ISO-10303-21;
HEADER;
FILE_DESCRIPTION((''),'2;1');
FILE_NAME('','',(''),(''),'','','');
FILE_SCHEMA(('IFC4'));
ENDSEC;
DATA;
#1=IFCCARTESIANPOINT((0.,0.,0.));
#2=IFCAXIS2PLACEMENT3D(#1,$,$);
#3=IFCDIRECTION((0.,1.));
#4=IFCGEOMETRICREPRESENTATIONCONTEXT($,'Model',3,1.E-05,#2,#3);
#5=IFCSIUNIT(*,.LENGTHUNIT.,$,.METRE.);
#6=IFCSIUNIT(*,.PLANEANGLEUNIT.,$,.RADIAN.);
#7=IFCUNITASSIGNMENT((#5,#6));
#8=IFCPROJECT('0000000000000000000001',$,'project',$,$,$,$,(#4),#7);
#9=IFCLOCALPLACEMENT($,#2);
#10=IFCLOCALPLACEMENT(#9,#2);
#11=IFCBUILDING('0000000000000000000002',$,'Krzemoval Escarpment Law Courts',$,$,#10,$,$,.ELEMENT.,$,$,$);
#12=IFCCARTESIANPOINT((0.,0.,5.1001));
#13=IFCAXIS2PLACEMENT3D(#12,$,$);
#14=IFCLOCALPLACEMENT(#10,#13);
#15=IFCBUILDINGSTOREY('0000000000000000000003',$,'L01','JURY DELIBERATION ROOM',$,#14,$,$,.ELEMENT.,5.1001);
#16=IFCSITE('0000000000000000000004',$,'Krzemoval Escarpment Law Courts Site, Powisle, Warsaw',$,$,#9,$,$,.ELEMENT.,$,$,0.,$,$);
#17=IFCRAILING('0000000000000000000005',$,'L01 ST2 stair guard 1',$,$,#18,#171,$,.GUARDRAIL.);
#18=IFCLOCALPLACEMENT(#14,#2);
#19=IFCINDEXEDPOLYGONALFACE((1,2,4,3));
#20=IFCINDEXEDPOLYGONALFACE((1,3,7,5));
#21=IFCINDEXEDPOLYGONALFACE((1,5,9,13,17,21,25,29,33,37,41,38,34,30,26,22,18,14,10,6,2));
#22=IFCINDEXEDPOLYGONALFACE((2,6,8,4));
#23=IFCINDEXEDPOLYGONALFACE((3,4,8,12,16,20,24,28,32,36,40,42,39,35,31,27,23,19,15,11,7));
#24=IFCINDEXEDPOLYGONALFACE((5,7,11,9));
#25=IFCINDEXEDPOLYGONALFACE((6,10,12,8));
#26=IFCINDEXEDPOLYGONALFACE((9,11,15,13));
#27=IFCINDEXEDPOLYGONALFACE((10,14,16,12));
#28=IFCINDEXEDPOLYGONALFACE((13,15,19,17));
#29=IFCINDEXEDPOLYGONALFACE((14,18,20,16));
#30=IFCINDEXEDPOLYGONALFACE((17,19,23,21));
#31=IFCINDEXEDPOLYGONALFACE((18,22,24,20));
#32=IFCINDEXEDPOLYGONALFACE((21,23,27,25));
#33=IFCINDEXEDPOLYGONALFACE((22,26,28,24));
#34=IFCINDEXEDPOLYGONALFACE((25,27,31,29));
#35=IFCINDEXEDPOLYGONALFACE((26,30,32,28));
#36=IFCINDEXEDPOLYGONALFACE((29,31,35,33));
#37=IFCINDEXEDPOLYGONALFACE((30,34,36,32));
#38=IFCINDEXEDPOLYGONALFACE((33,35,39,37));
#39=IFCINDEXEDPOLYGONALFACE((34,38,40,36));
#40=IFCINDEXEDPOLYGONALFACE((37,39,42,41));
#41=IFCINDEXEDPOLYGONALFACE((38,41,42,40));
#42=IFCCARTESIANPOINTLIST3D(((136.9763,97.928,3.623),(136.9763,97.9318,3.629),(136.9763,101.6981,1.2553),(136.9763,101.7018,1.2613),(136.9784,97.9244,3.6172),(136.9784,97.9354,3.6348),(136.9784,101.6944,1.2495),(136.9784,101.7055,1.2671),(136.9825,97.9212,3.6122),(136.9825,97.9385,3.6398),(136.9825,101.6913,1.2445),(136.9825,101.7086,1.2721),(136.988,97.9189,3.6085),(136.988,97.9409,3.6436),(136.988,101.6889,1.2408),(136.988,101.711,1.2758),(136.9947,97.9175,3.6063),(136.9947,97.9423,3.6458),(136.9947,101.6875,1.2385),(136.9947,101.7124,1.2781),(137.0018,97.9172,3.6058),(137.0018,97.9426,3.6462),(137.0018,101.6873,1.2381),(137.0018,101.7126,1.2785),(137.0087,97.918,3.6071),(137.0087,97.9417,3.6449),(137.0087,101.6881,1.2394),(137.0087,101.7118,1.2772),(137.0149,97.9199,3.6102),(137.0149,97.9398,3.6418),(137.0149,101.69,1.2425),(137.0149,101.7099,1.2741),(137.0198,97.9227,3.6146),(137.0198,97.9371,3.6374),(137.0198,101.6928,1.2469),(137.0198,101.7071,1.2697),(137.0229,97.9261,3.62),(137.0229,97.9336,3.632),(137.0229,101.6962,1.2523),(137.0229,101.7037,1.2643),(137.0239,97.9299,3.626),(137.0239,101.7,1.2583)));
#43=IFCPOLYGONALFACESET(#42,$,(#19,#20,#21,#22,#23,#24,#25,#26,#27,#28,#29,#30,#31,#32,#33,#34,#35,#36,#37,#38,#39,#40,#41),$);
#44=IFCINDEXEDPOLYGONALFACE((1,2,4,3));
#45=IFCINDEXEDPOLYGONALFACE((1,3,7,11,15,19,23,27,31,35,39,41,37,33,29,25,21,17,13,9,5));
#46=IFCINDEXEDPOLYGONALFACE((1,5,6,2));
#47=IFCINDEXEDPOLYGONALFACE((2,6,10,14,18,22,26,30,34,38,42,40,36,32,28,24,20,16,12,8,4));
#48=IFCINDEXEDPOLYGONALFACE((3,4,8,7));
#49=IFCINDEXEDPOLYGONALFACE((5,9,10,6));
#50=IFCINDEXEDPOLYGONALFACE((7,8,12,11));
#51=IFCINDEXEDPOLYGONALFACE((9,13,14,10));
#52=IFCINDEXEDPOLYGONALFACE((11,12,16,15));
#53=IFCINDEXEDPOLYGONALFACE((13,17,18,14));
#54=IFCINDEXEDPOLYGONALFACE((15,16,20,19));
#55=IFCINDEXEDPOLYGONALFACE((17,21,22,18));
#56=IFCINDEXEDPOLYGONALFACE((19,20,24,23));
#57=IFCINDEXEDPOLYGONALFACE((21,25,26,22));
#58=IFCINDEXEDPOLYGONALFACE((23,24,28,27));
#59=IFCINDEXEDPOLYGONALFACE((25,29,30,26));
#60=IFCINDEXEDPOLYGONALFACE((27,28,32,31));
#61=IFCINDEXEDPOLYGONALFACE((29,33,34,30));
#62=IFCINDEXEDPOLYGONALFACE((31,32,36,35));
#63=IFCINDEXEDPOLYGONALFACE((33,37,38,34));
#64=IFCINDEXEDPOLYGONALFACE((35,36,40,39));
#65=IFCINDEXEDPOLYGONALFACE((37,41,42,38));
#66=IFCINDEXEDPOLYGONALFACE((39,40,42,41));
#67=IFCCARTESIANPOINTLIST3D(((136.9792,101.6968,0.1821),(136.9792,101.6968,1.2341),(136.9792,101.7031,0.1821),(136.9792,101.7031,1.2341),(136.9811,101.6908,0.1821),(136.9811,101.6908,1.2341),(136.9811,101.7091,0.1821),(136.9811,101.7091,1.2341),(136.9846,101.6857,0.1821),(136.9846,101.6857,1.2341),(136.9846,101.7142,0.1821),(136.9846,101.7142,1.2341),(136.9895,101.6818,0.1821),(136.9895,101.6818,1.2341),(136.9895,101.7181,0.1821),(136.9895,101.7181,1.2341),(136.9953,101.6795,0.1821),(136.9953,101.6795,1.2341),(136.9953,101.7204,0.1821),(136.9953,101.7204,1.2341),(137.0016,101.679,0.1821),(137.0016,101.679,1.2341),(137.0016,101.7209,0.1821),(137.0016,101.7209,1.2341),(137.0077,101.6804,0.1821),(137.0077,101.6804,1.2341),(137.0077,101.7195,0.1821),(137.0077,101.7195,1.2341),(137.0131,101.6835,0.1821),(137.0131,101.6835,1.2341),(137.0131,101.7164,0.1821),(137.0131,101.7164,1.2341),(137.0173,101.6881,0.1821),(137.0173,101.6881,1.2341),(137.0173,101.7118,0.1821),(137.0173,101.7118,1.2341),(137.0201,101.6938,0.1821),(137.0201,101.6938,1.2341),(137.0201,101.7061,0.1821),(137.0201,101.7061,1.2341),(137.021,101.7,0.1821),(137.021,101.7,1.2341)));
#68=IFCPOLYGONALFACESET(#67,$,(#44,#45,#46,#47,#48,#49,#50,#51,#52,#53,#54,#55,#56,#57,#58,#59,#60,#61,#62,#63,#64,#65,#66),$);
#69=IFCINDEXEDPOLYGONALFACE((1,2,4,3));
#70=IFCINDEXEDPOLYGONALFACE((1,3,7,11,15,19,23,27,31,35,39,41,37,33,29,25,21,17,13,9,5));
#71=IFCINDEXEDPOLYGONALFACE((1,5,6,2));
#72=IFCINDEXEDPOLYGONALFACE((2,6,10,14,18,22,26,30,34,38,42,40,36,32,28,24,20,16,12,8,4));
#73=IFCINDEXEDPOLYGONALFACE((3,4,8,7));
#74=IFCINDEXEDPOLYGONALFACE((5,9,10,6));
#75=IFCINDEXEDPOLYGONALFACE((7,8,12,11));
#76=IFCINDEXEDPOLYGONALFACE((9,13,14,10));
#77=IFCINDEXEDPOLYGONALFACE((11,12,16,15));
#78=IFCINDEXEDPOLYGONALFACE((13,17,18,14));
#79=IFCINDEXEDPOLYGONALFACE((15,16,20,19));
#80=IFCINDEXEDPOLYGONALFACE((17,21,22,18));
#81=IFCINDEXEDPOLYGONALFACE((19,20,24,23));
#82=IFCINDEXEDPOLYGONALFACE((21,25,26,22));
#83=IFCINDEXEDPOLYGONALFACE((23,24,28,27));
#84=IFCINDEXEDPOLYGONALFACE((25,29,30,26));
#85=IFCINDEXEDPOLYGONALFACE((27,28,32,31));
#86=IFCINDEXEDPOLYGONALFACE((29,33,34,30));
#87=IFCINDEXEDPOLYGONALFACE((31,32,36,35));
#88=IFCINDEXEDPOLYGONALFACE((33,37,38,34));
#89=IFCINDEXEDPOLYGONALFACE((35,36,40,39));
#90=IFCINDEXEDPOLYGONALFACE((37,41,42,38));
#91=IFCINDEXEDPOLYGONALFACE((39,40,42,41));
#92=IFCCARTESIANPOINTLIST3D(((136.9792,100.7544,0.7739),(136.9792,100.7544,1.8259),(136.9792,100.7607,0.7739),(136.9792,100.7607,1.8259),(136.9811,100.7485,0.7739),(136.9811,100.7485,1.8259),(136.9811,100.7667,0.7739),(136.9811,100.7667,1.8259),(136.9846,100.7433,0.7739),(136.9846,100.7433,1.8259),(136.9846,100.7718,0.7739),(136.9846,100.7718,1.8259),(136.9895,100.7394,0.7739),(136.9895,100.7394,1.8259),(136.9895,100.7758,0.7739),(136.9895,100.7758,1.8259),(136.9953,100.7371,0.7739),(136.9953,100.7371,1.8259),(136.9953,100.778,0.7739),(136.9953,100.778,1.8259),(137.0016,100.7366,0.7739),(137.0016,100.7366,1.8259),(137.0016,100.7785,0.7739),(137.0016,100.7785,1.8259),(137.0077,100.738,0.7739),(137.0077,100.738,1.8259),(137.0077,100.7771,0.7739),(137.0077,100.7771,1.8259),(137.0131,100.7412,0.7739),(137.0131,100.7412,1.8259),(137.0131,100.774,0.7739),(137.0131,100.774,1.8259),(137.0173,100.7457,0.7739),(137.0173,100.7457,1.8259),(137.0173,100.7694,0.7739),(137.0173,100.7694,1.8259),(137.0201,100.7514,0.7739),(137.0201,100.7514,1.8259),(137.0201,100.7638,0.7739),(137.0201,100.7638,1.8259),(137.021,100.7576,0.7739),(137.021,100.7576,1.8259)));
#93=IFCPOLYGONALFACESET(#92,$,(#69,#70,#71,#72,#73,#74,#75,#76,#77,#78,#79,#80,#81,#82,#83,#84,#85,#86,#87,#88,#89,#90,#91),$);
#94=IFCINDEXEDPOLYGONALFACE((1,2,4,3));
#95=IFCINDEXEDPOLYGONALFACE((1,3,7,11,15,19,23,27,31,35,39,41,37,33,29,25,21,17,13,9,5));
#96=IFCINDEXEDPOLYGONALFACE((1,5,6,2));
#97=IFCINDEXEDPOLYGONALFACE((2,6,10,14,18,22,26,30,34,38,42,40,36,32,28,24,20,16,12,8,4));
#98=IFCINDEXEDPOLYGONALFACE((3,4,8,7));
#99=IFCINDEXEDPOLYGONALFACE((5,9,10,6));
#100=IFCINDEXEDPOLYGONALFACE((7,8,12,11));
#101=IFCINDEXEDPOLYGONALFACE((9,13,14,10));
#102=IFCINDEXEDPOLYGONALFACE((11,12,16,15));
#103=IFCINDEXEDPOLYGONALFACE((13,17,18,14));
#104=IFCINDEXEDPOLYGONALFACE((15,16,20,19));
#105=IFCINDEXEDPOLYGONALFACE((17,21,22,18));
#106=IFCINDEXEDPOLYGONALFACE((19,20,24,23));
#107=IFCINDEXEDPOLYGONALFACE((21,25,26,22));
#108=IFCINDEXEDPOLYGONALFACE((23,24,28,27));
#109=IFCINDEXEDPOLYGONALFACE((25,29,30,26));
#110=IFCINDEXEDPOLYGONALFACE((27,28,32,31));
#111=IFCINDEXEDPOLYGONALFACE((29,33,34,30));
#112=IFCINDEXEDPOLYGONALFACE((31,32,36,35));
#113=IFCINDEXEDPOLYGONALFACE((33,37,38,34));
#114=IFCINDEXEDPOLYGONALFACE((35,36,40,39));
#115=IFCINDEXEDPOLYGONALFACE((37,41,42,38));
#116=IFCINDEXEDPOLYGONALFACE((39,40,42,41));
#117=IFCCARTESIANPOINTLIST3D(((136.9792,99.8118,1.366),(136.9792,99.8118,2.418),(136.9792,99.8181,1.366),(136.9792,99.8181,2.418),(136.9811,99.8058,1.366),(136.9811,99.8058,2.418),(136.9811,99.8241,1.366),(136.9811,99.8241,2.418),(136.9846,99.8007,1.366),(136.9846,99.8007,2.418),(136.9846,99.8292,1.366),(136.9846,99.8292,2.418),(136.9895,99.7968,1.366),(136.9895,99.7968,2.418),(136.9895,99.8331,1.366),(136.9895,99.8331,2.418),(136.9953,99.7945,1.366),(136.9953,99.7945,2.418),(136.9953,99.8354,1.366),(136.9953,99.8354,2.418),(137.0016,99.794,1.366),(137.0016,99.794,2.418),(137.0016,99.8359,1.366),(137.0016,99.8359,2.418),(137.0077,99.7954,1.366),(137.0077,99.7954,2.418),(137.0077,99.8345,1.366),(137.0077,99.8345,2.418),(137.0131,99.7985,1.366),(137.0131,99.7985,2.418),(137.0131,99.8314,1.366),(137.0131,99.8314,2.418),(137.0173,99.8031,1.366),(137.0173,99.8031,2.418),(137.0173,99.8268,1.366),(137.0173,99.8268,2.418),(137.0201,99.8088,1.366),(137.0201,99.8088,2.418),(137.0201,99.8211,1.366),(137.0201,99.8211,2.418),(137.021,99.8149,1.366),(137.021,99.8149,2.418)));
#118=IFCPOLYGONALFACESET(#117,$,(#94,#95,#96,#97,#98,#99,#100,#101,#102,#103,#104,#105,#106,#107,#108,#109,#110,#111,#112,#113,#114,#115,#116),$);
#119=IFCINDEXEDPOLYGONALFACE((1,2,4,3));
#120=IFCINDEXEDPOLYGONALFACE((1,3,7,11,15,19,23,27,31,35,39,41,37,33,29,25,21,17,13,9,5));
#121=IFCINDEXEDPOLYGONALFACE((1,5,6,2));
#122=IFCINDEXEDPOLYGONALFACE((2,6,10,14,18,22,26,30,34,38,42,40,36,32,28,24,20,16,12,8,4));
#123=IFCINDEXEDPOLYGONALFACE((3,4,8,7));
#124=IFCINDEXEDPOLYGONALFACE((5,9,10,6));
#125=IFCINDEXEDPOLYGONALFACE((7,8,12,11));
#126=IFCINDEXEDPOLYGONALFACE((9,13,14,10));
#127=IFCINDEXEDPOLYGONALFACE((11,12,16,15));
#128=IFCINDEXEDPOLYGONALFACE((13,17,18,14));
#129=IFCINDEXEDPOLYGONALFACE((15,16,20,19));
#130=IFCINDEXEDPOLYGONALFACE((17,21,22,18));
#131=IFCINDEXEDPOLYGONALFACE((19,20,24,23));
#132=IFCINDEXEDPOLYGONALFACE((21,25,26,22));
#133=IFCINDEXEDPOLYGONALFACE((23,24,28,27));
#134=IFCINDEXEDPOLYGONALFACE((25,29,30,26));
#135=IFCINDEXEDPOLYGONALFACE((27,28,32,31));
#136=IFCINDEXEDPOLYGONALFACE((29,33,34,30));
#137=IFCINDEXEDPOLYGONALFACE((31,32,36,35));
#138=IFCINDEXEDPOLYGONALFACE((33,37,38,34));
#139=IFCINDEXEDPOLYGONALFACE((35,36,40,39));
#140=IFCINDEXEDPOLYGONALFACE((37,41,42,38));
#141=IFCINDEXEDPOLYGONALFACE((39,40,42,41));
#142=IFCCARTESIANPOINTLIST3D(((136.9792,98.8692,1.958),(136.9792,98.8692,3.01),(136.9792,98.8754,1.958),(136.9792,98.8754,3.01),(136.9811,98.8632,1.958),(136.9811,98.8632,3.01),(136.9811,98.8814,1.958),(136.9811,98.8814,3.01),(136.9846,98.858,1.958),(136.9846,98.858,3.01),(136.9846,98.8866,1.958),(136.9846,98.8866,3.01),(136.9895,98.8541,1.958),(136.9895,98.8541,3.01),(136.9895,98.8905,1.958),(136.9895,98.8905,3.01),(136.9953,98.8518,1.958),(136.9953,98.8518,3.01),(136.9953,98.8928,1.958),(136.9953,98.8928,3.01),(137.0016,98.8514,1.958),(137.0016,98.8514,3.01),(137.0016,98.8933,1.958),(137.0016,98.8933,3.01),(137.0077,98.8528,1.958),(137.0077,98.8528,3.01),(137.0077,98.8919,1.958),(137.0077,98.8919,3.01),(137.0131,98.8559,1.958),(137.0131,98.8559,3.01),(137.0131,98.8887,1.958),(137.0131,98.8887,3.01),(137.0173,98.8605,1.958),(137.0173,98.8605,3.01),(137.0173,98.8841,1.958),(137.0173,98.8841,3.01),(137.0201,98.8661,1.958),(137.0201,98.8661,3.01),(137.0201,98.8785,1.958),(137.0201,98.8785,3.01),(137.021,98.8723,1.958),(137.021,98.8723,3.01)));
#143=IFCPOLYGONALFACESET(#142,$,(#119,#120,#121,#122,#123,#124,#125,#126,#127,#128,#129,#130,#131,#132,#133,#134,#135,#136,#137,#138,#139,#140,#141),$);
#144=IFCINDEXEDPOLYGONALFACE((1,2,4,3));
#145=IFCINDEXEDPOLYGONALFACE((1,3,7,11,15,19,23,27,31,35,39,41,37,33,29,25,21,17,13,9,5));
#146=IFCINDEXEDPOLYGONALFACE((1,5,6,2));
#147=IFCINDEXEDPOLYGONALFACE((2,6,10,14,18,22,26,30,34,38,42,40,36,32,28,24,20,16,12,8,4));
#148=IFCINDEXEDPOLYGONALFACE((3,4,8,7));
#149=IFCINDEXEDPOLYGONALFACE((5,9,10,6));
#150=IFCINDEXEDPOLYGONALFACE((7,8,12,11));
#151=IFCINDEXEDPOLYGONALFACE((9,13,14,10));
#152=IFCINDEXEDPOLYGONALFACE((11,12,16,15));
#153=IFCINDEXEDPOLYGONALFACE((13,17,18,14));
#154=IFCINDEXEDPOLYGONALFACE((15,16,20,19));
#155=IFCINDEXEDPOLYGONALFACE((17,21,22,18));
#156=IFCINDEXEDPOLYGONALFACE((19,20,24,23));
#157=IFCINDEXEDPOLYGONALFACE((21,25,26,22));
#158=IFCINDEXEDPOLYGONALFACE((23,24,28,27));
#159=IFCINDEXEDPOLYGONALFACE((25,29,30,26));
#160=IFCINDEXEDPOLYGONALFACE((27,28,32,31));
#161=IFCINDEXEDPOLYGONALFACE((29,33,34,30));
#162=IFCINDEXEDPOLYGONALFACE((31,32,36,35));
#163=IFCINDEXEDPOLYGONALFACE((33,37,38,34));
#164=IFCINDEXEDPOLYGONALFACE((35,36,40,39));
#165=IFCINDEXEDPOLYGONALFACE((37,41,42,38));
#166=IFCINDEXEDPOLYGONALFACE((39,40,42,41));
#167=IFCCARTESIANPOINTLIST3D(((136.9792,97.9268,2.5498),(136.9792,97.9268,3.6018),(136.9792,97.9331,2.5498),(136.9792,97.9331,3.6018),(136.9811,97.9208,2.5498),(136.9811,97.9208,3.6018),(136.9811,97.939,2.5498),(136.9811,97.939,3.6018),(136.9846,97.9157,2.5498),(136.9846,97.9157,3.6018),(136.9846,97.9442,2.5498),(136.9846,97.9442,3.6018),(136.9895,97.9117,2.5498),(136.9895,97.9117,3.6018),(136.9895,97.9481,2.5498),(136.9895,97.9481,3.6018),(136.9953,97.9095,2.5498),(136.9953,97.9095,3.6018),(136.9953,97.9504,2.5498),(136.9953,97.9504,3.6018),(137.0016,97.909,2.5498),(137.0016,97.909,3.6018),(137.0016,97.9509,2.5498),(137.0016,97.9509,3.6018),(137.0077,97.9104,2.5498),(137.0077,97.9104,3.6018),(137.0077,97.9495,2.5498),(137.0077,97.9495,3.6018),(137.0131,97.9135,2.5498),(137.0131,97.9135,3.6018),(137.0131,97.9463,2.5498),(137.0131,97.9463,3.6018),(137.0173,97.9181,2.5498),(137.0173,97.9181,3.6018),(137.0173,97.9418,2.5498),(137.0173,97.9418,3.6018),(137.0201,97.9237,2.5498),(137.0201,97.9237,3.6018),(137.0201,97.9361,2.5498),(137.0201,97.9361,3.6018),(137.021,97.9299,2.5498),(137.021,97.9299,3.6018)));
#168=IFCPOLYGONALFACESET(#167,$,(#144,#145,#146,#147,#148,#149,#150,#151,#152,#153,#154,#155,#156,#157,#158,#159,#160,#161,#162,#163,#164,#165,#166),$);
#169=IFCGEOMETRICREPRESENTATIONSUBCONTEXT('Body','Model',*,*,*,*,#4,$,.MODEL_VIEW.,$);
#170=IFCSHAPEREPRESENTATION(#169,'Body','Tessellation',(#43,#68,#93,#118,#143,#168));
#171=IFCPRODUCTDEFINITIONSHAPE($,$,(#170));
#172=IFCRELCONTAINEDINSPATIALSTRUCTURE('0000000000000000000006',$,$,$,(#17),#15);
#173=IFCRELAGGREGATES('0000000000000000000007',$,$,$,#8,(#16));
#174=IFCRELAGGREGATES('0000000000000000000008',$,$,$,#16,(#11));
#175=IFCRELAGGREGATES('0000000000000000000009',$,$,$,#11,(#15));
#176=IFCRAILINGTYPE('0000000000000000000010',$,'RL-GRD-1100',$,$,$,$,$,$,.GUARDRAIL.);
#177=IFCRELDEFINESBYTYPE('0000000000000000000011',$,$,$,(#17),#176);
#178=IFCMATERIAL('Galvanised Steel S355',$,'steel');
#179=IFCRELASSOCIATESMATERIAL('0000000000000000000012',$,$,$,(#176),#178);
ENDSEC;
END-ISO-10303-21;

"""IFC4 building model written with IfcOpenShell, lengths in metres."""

from ifc_helpers import new_model, si_unit, direction, frame, origin, origin_2d, place, context, subcontext, project, spatial, circle, extrude, material, type_object, element, save


model = new_model("IFC4")

# Units and contexts
model_context = context("Model", 3, precision=1e-05, world=origin(), true_north=direction((0.0, 1.0)))
body_context = subcontext(model_context, "Body", "Model", "MODEL_VIEW")
ifc_project = project(units=[si_unit("LENGTHUNIT", "METRE"), si_unit("PLANEANGLEUNIT", "RADIAN")], contexts=[model_context])

# Site, building, storey
site_placement = place(None, origin())
site = spatial("IfcSite", under=ifc_project, at=site_placement, Name="Krzemoval Escarpment Law Courts Site, Powisle, Warsaw", CompositionType="ELEMENT", RefElevation=0.0)
building_placement = place(site_placement, origin())
building = spatial("IfcBuilding", under=site, at=building_placement, Name="Krzemoval Escarpment Law Courts", CompositionType="ELEMENT")
storey_placement = place(building_placement, frame((0.0, 0.0, 5.1001)))
storey = spatial("IfcBuildingStorey", under=building, at=storey_placement, Name="L01", Description="JURY DELIBERATION ROOM", CompositionType="ELEMENT", Elevation=5.1001)

# Railing
ifc_material_1 = material(Name="Galvanised Steel S355", Category="steel")
railing_type_1 = type_object("IfcRailingType", Name="RL-GRD-1100", PredefinedType="GUARDRAIL", material=ifc_material_1)
railing_1_placement = place(storey_placement, frame((137.0, 101.7, 0.1821)))
element("IfcRailing", 1, at=railing_1_placement, inside=storey, type_object=railing_type_1, Name="L01 ST2 stair guard 1", PredefinedType="GUARDRAIL", context=body_context, shape_type="SweptSolid", body=[
    extrude(circle(Radius=0.0239, at=origin_2d()), frame((0.0, 0.0, 1.0762), z_axis=(0.0, -0.846844, 0.531841), x_axis=(1.0, 0.0, 0.0)), (0.0, 0.0, 1.0), 4.4519),
    extrude(circle(Radius=0.021, at=origin_2d()), origin(), (0.0, 0.0, 1.0), 1.052),
    extrude(circle(Radius=0.021, at=origin_2d()), frame((0.0, -0.9424, 0.5918)), (0.0, 0.0, 1.0), 1.052),
    extrude(circle(Radius=0.021, at=origin_2d()), frame((0.0, -1.885, 1.1838)), (0.0, 0.0, 1.0), 1.052),
    extrude(circle(Radius=0.021, at=origin_2d()), frame((0.0, -2.8276, 1.7759)), (0.0, 0.0, 1.0), 1.052),
    extrude(circle(Radius=0.021, at=origin_2d()), frame((0.0, -3.77, 2.3677)), (0.0, 0.0, 1.0), 1.052),
])

save(model, "model.ifc")
